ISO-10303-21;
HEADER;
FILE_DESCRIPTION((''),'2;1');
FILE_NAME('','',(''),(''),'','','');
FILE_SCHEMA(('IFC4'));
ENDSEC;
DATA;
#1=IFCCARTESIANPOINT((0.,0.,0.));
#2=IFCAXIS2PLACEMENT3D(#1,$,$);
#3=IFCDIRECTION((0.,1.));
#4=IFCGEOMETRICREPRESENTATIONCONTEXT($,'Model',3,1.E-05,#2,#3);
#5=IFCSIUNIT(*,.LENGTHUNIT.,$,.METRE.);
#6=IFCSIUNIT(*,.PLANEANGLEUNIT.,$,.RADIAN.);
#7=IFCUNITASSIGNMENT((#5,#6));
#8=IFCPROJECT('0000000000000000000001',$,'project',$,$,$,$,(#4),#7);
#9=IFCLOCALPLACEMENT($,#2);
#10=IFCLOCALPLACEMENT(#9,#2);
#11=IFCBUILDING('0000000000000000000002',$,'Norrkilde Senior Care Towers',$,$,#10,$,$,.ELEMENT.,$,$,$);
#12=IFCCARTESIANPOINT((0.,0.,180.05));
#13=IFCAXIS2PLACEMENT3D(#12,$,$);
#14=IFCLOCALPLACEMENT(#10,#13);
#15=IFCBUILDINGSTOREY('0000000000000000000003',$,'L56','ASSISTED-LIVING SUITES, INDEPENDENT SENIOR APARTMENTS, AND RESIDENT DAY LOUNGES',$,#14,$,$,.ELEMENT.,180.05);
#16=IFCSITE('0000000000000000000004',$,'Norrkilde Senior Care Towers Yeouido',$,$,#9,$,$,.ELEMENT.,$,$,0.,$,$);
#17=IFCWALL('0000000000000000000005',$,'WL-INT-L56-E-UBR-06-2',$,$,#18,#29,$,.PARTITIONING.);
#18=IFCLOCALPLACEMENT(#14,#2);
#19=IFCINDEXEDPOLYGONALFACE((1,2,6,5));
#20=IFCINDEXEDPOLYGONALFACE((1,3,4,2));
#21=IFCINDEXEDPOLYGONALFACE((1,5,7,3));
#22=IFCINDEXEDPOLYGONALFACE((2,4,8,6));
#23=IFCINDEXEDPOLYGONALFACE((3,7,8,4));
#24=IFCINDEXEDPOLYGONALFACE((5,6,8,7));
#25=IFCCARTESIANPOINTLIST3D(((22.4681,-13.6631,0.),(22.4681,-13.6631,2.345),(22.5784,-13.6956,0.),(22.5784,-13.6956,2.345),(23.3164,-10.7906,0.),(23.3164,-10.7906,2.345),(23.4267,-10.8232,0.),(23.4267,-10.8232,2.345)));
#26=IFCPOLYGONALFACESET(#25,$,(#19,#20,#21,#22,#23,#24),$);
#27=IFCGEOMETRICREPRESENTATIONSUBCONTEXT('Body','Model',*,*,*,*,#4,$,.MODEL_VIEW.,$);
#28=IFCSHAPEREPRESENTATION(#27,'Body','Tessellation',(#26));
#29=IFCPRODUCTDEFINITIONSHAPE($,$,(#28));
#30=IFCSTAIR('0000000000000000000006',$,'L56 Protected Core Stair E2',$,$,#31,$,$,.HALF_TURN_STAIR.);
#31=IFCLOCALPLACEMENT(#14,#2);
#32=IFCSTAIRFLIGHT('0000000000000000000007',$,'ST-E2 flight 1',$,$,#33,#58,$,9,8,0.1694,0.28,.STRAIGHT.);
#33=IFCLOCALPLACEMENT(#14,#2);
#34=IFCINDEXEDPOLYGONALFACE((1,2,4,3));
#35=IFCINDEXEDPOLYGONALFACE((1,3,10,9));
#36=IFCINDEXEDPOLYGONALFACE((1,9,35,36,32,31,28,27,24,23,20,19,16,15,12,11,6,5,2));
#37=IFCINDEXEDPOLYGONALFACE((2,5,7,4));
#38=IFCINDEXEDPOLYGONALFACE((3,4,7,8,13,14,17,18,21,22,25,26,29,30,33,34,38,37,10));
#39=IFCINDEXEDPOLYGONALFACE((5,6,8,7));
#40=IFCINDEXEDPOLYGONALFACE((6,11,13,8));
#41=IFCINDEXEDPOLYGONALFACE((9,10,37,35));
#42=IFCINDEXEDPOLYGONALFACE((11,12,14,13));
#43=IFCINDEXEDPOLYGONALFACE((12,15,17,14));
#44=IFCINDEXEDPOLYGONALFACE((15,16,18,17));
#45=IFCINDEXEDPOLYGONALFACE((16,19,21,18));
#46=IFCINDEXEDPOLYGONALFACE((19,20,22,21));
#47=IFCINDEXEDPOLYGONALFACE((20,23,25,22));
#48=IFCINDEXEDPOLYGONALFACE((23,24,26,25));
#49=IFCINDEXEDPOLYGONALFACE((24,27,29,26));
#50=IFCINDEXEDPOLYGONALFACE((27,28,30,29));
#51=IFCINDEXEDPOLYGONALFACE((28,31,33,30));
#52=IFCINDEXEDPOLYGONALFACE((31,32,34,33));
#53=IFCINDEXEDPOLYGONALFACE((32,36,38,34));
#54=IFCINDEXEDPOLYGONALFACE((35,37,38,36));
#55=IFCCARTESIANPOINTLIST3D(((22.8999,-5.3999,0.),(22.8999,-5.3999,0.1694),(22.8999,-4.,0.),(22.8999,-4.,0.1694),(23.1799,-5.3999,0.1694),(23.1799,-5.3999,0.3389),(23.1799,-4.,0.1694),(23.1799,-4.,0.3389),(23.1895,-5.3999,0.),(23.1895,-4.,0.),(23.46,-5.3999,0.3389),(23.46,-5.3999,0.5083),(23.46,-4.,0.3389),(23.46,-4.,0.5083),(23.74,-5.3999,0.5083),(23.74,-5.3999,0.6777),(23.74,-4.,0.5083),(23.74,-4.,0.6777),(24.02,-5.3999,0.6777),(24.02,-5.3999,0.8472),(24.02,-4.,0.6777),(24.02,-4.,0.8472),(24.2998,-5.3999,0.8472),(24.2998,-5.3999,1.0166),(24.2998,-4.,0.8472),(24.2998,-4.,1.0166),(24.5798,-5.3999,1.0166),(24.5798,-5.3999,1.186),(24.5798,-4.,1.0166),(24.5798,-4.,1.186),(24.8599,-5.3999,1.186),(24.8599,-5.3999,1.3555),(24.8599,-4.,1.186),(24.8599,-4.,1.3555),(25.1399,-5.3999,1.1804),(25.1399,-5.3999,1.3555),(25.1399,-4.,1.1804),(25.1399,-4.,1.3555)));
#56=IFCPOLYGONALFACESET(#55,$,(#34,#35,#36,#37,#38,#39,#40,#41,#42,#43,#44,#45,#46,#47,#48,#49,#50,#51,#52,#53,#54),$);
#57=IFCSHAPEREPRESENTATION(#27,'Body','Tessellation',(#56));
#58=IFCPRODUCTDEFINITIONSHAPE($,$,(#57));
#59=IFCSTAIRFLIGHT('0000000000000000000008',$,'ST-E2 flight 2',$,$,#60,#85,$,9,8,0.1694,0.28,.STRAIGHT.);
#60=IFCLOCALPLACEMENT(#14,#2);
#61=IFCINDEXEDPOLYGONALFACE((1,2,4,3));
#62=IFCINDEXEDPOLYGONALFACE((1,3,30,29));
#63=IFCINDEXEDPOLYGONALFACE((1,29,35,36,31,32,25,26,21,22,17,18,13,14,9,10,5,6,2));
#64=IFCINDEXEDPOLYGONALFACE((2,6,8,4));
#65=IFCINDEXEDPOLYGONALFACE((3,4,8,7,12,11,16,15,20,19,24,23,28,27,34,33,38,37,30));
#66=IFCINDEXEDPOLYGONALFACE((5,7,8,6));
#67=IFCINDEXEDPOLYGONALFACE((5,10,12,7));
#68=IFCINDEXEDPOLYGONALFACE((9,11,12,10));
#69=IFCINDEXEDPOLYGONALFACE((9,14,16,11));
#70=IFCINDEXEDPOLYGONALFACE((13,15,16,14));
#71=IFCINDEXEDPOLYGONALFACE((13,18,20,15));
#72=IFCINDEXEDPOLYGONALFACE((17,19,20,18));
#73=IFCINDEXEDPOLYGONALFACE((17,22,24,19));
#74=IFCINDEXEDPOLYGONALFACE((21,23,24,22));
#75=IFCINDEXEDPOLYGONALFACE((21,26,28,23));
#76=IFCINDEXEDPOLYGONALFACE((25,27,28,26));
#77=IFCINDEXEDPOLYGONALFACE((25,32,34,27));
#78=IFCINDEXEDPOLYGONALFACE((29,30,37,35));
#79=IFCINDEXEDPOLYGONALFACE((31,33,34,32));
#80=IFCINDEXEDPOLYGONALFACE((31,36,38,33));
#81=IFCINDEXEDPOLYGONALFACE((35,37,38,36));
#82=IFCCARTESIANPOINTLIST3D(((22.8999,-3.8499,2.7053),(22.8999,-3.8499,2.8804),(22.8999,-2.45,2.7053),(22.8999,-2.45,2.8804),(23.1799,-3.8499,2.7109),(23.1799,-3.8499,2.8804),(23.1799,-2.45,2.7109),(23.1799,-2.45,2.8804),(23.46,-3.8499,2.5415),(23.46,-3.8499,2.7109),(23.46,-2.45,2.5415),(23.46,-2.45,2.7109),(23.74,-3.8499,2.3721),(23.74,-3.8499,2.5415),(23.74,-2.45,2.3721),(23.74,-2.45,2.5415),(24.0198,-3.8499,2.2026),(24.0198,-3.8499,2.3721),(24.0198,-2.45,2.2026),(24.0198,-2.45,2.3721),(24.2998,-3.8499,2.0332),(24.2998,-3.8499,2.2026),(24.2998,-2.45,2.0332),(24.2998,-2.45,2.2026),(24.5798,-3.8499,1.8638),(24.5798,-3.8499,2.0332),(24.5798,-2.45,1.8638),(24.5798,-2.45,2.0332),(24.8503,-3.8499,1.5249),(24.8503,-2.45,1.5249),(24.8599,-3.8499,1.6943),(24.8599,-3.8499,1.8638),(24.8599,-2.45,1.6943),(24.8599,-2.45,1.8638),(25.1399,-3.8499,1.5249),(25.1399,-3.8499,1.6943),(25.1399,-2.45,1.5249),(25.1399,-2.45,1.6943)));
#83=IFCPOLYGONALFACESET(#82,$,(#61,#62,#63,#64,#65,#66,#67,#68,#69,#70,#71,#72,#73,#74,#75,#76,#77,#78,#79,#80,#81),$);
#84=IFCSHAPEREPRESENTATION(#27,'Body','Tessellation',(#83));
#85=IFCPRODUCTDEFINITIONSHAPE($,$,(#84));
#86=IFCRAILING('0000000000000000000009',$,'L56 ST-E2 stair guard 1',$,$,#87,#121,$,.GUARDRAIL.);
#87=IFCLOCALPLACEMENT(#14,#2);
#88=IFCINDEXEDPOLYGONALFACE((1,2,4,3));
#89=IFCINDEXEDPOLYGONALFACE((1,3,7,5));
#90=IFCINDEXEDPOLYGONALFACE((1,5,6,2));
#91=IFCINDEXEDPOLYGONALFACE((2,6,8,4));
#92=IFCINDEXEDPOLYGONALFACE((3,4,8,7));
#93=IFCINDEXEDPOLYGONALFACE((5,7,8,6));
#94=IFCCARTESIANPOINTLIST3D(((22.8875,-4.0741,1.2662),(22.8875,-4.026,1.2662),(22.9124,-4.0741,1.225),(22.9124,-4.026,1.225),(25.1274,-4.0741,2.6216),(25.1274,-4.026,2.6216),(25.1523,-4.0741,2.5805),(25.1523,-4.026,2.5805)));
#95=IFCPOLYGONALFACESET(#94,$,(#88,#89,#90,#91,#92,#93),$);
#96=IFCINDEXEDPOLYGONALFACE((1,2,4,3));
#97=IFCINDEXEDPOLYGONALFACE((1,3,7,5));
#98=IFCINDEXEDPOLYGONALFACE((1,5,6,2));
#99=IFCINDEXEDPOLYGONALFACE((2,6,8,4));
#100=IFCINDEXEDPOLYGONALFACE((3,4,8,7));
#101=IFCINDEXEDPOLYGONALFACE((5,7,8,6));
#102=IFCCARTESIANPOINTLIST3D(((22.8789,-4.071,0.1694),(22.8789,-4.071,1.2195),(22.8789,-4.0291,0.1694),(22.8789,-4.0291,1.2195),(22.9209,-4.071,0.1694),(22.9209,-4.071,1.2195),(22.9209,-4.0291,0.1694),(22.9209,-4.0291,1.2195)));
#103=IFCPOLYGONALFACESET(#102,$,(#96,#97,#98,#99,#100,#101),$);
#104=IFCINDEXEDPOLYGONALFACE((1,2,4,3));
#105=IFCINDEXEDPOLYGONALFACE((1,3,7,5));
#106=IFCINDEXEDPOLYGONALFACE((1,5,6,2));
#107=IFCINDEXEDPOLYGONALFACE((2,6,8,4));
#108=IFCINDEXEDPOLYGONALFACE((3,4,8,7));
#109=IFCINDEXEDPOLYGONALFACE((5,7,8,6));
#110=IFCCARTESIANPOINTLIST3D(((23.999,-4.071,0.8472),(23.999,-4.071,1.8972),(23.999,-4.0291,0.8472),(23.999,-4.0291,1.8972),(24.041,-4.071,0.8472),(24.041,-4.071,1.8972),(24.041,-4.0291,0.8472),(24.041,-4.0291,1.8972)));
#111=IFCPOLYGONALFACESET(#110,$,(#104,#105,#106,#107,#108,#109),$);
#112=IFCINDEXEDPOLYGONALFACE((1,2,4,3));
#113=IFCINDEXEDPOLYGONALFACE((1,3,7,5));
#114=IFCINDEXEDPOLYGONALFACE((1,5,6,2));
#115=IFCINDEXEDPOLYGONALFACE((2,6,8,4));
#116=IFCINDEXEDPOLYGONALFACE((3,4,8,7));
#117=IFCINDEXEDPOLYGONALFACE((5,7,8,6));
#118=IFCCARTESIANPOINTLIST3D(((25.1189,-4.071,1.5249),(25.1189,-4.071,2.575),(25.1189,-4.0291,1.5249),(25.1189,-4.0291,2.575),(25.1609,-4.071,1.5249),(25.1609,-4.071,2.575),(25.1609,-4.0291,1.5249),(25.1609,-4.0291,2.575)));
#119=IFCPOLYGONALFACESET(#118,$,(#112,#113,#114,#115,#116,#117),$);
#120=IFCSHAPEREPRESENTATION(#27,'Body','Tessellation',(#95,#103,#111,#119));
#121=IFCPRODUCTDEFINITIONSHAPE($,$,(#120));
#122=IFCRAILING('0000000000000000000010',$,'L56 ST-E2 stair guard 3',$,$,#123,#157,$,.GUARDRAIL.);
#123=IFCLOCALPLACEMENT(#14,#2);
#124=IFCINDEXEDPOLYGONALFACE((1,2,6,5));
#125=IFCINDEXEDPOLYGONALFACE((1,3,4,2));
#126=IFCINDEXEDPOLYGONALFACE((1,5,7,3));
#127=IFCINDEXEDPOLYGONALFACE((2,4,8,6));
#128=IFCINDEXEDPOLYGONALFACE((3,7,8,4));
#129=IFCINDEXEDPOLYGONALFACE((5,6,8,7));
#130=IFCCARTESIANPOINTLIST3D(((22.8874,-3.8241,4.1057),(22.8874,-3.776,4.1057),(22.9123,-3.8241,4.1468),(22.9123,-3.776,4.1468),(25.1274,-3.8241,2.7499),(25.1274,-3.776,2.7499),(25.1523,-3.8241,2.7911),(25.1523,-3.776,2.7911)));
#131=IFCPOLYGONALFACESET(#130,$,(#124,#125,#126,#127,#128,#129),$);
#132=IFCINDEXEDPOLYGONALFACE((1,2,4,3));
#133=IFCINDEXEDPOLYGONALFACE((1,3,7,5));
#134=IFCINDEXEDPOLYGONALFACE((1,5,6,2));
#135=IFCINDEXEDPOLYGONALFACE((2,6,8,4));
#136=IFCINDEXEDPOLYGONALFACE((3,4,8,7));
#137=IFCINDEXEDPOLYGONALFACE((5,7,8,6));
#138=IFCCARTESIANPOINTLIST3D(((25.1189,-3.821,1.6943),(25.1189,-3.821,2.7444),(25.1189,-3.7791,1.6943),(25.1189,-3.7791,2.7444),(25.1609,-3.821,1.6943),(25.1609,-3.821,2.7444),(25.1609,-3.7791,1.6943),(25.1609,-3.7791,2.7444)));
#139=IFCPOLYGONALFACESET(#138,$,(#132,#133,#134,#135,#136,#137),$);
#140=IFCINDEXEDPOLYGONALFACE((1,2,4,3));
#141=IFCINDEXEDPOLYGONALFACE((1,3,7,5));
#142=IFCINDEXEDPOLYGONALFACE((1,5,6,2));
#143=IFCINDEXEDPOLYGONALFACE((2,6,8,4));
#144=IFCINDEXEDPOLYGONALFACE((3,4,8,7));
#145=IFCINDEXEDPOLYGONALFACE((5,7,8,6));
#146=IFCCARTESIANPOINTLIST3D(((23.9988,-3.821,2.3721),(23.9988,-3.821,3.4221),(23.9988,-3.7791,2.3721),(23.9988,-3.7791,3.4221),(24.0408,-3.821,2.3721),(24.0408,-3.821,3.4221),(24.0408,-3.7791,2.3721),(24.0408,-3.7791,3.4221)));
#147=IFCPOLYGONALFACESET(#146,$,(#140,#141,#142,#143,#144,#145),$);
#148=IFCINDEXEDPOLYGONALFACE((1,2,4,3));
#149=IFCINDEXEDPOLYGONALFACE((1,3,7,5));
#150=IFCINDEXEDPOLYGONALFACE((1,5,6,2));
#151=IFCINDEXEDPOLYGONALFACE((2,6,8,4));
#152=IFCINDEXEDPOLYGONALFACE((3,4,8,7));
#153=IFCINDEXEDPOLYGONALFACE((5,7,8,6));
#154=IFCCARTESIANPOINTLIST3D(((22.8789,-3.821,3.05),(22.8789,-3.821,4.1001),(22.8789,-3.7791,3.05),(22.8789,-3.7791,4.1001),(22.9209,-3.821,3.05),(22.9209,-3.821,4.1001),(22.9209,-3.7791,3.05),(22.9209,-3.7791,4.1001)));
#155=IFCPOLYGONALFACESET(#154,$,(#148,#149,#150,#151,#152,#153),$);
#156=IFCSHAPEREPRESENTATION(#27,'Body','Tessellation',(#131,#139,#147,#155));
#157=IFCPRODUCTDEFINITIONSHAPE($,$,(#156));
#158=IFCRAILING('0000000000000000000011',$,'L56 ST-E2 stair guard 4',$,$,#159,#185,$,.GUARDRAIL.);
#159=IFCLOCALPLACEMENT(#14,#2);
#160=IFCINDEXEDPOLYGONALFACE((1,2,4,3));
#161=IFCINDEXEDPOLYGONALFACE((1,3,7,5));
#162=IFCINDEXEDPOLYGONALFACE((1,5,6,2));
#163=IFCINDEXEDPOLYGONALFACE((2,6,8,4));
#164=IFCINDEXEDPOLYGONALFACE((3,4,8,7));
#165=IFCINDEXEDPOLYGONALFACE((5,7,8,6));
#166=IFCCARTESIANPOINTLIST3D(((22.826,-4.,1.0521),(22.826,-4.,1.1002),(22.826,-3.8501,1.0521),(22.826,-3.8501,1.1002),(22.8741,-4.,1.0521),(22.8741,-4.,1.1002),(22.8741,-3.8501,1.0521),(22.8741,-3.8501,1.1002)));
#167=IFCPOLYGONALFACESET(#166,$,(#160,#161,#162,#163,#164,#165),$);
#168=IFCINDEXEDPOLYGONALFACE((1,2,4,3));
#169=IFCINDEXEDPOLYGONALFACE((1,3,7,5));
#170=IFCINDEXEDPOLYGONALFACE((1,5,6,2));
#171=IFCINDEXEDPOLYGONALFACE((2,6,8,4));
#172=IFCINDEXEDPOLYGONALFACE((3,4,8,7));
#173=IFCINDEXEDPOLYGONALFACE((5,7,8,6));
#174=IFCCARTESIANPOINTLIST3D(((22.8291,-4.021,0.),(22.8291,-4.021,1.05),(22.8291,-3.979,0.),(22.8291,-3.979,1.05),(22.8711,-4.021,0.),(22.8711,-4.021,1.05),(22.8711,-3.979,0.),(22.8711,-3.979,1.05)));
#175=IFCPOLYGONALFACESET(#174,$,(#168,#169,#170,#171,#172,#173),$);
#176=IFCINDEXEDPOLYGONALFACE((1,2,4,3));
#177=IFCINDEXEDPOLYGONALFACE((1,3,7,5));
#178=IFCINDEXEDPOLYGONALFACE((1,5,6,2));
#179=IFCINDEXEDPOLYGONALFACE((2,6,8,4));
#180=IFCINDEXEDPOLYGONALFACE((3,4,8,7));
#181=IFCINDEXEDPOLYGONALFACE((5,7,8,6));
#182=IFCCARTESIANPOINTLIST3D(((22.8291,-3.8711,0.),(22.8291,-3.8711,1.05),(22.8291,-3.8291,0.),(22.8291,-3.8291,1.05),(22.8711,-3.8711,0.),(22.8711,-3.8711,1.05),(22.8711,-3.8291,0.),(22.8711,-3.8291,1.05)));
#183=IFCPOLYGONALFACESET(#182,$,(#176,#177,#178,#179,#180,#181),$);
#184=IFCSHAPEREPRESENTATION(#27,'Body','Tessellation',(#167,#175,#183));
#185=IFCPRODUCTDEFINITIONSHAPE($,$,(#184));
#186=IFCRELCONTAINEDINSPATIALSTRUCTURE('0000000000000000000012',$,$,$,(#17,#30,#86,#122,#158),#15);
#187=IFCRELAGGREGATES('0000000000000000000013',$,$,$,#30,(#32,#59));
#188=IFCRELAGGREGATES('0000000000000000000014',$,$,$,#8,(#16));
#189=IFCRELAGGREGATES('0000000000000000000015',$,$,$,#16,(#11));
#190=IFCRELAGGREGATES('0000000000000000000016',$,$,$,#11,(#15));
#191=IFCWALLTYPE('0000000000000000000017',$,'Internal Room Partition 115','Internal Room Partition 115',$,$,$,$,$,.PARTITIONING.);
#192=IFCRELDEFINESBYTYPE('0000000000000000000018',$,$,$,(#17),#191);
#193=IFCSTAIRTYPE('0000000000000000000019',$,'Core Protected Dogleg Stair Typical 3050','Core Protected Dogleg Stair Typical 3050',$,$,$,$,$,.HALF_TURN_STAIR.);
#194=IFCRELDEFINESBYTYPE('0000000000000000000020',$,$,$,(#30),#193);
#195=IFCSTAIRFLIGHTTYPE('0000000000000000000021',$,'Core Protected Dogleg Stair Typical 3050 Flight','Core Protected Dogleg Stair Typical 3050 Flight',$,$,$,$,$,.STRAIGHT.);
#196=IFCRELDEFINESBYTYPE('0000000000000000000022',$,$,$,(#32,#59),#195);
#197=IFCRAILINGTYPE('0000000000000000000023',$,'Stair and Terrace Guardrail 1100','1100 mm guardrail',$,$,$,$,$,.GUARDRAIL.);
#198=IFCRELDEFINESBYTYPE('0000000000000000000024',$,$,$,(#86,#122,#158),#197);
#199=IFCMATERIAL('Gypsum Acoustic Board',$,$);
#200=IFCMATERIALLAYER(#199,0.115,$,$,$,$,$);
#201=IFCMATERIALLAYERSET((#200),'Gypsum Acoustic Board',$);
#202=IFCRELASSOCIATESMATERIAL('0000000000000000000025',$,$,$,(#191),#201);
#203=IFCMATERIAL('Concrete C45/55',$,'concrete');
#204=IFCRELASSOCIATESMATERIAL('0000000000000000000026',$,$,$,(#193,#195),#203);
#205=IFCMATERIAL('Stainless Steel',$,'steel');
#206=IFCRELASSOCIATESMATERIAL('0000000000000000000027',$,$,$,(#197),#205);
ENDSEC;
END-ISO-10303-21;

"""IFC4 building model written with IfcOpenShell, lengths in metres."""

from ifc_helpers import new_model, si_unit, direction, frame, frame_2d, origin, origin_2d, place, context, subcontext, project, spatial, polyline, rectangle, outline, extrude, source, transform, mapped, material, layer, layer_set, type_object, element, aggregate, save


model = new_model("IFC4")

# Units and contexts
model_context = context("Model", 3, precision=1e-05, world=origin(), true_north=direction((0.0, 1.0)))
body_context = subcontext(model_context, "Body", "Model", "MODEL_VIEW")
ifc_project = project(units=[si_unit("LENGTHUNIT", "METRE"), si_unit("PLANEANGLEUNIT", "RADIAN")], contexts=[model_context])

# Site, building, storey
site_placement = place(None, origin())
site = spatial("IfcSite", under=ifc_project, at=site_placement, Name="Norrkilde Senior Care Towers Yeouido", CompositionType="ELEMENT", RefElevation=0.0)
building_placement = place(site_placement, origin())
building = spatial("IfcBuilding", under=site, at=building_placement, Name="Norrkilde Senior Care Towers", CompositionType="ELEMENT")
storey_placement = place(building_placement, frame((0.0, 0.0, 180.05)))
storey = spatial("IfcBuildingStorey", under=building, at=storey_placement, Name="L56", Description="ASSISTED-LIVING SUITES, INDEPENDENT SENIOR APARTMENTS, AND RESIDENT DAY LOUNGES", CompositionType="ELEMENT", Elevation=180.05)

# Shared definitions
ifc_material_1 = material(Name="Concrete C45/55", Category="concrete")

# Shared definitions
ifc_material_2 = material(Name="Gypsum Acoustic Board")
ifc_layer_1 = layer(ifc_material_2, 0.115)
ifc_layer_set_1 = layer_set([ifc_layer_1], Name="Gypsum Acoustic Board")
wall_type_1 = type_object("IfcWallType", Name="Internal Room Partition 115", Description="Internal Room Partition 115", PredefinedType="PARTITIONING", material=ifc_layer_set_1)

# Wall
shared_shape_1 = source(origin(), body_context, "Body", "SweptSolid", [
    extrude(rectangle(XDim=2.9951, YDim=0.115, at=frame_2d((1.4976, 0.0))), origin(), (0.0, 0.0, 1.0), 2.345),
])
wall_1_placement = place(storey_placement, frame((23.3716, -10.8069, 0.0), z_axis=(0.0, 0.0, 1.0), x_axis=(-0.283247, -0.959047, 0.0)))
element("IfcWall", 1, at=wall_1_placement, inside=storey, type_object=wall_type_1, Name="WL-INT-L56-E-UBR-06-2", PredefinedType="PARTITIONING", context=body_context, shape_type="MappedRepresentation", body=[
    mapped(shared_shape_1, transform((0.0, 0.0, 0.0), x_axis=(1.0, 0.0, 0.0), y_axis=(0.0, 1.0, 0.0), z_axis=(0.0, 0.0, 1.0), scale=1.0)),
])

# Stair, stair flights
stair_type = type_object("IfcStairType", Name="Core Protected Dogleg Stair Typical 3050", Description="Core Protected Dogleg Stair Typical 3050", PredefinedType="HALF_TURN_STAIR", material=ifc_material_1)
stair_placement = place(storey_placement, origin())
stair = element("IfcStair", 2, at=stair_placement, inside=storey, type_object=stair_type, Name="L56 Protected Core Stair E2", PredefinedType="HALF_TURN_STAIR")
stair_flight_type = type_object("IfcStairFlightType", Name="Core Protected Dogleg Stair Typical 3050 Flight", Description="Core Protected Dogleg Stair Typical 3050 Flight", PredefinedType="STRAIGHT", material=ifc_material_1)
stair_flight_1_placement = place(storey_placement, frame((22.8999, -4.7, 0.0), z_axis=(0.0, 0.0, 1.0), x_axis=(1.0, 0.0, 0.0)))
stair_flight_1 = element("IfcStairFlight", 3, at=stair_flight_1_placement, type_object=stair_flight_type, Name="ST-E2 flight 1", NumberOfRisers=9, NumberOfTreads=8, PredefinedType="STRAIGHT", RiserHeight=0.1694, TreadLength=0.28, context=body_context, shape_type="SweptSolid", body=[
    extrude(outline(polyline([(0.0, 0.0), (0.0, 0.1694), (0.28, 0.1694), (0.28, 0.3389), (0.5601, 0.3389), (0.5601, 0.5083), (0.8401, 0.5083), (0.8401, 0.6777), (1.1201, 0.6777), (1.1201, 0.8472), (1.3999, 0.8472), (1.3999, 1.0166), (1.6799, 1.0166), (1.6799, 1.186), (1.96, 1.186), (1.96, 1.3555), (2.24, 1.3555), (2.24, 1.5249), (2.24, 1.1804), (0.2896, 0.0), (0.0, 0.0)])), frame((0.0, 0.7, 0.0), z_axis=(0.0, -1.0, 0.0), x_axis=(1.0, 0.0, 0.0)), (0.0, 0.0, 1.0), 1.3999),
])
stair_flight_2_placement = place(storey_placement, frame((25.1399, -3.1499, 1.5249), z_axis=(0.0, 0.0, 1.0), x_axis=(-1.0, 0.0, 0.0)))
stair_flight_2 = element("IfcStairFlight", 4, at=stair_flight_2_placement, type_object=stair_flight_type, Name="ST-E2 flight 2", NumberOfRisers=9, NumberOfTreads=8, PredefinedType="STRAIGHT", RiserHeight=0.1694, TreadLength=0.28, context=body_context, shape_type="SweptSolid", body=[
    extrude(outline(polyline([(0.0, 0.0), (0.0, 0.1694), (0.28, 0.1694), (0.28, 0.3389), (0.5601, 0.3389), (0.5601, 0.5083), (0.8401, 0.5083), (0.8401, 0.6777), (1.1201, 0.6777), (1.1201, 0.8472), (1.3999, 0.8472), (1.3999, 1.0166), (1.6799, 1.0166), (1.6799, 1.186), (1.96, 1.186), (1.96, 1.3555), (2.24, 1.3555), (2.24, 1.5249), (2.24, 1.1804), (0.2896, 0.0), (0.0, 0.0)])), frame((0.0, 0.7, 0.0), z_axis=(0.0, -1.0, 0.0), x_axis=(1.0, 0.0, 0.0)), (0.0, 0.0, 1.0), 1.3999),
])
aggregate(stair, [stair_flight_1, stair_flight_2])

# Railings
ifc_material_3 = material(Name="Stainless Steel", Category="steel")
railing_type_1 = type_object("IfcRailingType", Name="Stair and Terrace Guardrail 1100", Description="1100 mm guardrail", PredefinedType="GUARDRAIL", material=ifc_material_3)
railing_1_placement = place(storey_placement, frame((22.8999, -4.05, 0.1694)))
element("IfcRailing", 5, at=railing_1_placement, inside=storey, type_object=railing_type_1, Name="L56 ST-E2 stair guard 1", PredefinedType="GUARDRAIL", context=body_context, shape_type="SweptSolid", body=[
    extrude(rectangle(XDim=0.0481, YDim=0.0481, at=origin_2d()), frame((0.0, 0.0, 1.0762), z_axis=(0.855553, 0.0, 0.517715), x_axis=(0.0, 1.0, 0.0)), (0.0, 0.0, 1.0), 2.6182),
    extrude(rectangle(XDim=0.042, YDim=0.042, at=origin_2d()), origin(), (0.0, 0.0, 1.0), 1.05),
    extrude(rectangle(XDim=0.042, YDim=0.042, at=origin_2d()), frame((1.1201, 0.0, 0.6777)), (0.0, 0.0, 1.0), 1.05),
    extrude(rectangle(XDim=0.042, YDim=0.042, at=origin_2d()), frame((2.24, 0.0, 1.3555)), (0.0, 0.0, 1.0), 1.05),
])
railing_2_placement = place(storey_placement, frame((25.1399, -3.8, 1.6943)))
element("IfcRailing", 6, at=railing_2_placement, inside=storey, type_object=railing_type_1, Name="L56 ST-E2 stair guard 3", PredefinedType="GUARDRAIL", context=body_context, shape_type="SweptSolid", body=[
    extrude(rectangle(XDim=0.0481, YDim=0.0481, at=origin_2d()), frame((0.0, 0.0, 1.0762), z_axis=(-0.855512, 0.0, 0.517783), x_axis=(0.0, -1.0, 0.0)), (0.0, 0.0, 1.0), 2.6184),
    extrude(rectangle(XDim=0.042, YDim=0.042, at=origin_2d()), origin(), (0.0, 0.0, 1.0), 1.05),
    extrude(rectangle(XDim=0.042, YDim=0.042, at=origin_2d()), frame((-1.1201, 0.0, 0.6777)), (0.0, 0.0, 1.0), 1.05),
    extrude(rectangle(XDim=0.042, YDim=0.042, at=origin_2d()), frame((-2.24, 0.0, 1.3557)), (0.0, 0.0, 1.0), 1.05),
])
railing_3_placement = place(storey_placement, frame((22.8501, -4.0, 0.0)))
element("IfcRailing", 7, at=railing_3_placement, inside=storey, type_object=railing_type_1, Name="L56 ST-E2 stair guard 4", PredefinedType="GUARDRAIL", context=body_context, shape_type="SweptSolid", body=[
    extrude(rectangle(XDim=0.0481, YDim=0.0481, at=origin_2d()), frame((0.0, 0.0, 1.0762), z_axis=(0.0, 1.0, 0.0), x_axis=(-1.0, 0.0, 0.0)), (0.0, 0.0, 1.0), 0.1499),
    extrude(rectangle(XDim=0.042, YDim=0.042, at=origin_2d()), origin(), (0.0, 0.0, 1.0), 1.05),
    extrude(rectangle(XDim=0.042, YDim=0.042, at=origin_2d()), frame((0.0, 0.1499, 0.0)), (0.0, 0.0, 1.0), 1.05),
])

save(model, "model.ifc")
